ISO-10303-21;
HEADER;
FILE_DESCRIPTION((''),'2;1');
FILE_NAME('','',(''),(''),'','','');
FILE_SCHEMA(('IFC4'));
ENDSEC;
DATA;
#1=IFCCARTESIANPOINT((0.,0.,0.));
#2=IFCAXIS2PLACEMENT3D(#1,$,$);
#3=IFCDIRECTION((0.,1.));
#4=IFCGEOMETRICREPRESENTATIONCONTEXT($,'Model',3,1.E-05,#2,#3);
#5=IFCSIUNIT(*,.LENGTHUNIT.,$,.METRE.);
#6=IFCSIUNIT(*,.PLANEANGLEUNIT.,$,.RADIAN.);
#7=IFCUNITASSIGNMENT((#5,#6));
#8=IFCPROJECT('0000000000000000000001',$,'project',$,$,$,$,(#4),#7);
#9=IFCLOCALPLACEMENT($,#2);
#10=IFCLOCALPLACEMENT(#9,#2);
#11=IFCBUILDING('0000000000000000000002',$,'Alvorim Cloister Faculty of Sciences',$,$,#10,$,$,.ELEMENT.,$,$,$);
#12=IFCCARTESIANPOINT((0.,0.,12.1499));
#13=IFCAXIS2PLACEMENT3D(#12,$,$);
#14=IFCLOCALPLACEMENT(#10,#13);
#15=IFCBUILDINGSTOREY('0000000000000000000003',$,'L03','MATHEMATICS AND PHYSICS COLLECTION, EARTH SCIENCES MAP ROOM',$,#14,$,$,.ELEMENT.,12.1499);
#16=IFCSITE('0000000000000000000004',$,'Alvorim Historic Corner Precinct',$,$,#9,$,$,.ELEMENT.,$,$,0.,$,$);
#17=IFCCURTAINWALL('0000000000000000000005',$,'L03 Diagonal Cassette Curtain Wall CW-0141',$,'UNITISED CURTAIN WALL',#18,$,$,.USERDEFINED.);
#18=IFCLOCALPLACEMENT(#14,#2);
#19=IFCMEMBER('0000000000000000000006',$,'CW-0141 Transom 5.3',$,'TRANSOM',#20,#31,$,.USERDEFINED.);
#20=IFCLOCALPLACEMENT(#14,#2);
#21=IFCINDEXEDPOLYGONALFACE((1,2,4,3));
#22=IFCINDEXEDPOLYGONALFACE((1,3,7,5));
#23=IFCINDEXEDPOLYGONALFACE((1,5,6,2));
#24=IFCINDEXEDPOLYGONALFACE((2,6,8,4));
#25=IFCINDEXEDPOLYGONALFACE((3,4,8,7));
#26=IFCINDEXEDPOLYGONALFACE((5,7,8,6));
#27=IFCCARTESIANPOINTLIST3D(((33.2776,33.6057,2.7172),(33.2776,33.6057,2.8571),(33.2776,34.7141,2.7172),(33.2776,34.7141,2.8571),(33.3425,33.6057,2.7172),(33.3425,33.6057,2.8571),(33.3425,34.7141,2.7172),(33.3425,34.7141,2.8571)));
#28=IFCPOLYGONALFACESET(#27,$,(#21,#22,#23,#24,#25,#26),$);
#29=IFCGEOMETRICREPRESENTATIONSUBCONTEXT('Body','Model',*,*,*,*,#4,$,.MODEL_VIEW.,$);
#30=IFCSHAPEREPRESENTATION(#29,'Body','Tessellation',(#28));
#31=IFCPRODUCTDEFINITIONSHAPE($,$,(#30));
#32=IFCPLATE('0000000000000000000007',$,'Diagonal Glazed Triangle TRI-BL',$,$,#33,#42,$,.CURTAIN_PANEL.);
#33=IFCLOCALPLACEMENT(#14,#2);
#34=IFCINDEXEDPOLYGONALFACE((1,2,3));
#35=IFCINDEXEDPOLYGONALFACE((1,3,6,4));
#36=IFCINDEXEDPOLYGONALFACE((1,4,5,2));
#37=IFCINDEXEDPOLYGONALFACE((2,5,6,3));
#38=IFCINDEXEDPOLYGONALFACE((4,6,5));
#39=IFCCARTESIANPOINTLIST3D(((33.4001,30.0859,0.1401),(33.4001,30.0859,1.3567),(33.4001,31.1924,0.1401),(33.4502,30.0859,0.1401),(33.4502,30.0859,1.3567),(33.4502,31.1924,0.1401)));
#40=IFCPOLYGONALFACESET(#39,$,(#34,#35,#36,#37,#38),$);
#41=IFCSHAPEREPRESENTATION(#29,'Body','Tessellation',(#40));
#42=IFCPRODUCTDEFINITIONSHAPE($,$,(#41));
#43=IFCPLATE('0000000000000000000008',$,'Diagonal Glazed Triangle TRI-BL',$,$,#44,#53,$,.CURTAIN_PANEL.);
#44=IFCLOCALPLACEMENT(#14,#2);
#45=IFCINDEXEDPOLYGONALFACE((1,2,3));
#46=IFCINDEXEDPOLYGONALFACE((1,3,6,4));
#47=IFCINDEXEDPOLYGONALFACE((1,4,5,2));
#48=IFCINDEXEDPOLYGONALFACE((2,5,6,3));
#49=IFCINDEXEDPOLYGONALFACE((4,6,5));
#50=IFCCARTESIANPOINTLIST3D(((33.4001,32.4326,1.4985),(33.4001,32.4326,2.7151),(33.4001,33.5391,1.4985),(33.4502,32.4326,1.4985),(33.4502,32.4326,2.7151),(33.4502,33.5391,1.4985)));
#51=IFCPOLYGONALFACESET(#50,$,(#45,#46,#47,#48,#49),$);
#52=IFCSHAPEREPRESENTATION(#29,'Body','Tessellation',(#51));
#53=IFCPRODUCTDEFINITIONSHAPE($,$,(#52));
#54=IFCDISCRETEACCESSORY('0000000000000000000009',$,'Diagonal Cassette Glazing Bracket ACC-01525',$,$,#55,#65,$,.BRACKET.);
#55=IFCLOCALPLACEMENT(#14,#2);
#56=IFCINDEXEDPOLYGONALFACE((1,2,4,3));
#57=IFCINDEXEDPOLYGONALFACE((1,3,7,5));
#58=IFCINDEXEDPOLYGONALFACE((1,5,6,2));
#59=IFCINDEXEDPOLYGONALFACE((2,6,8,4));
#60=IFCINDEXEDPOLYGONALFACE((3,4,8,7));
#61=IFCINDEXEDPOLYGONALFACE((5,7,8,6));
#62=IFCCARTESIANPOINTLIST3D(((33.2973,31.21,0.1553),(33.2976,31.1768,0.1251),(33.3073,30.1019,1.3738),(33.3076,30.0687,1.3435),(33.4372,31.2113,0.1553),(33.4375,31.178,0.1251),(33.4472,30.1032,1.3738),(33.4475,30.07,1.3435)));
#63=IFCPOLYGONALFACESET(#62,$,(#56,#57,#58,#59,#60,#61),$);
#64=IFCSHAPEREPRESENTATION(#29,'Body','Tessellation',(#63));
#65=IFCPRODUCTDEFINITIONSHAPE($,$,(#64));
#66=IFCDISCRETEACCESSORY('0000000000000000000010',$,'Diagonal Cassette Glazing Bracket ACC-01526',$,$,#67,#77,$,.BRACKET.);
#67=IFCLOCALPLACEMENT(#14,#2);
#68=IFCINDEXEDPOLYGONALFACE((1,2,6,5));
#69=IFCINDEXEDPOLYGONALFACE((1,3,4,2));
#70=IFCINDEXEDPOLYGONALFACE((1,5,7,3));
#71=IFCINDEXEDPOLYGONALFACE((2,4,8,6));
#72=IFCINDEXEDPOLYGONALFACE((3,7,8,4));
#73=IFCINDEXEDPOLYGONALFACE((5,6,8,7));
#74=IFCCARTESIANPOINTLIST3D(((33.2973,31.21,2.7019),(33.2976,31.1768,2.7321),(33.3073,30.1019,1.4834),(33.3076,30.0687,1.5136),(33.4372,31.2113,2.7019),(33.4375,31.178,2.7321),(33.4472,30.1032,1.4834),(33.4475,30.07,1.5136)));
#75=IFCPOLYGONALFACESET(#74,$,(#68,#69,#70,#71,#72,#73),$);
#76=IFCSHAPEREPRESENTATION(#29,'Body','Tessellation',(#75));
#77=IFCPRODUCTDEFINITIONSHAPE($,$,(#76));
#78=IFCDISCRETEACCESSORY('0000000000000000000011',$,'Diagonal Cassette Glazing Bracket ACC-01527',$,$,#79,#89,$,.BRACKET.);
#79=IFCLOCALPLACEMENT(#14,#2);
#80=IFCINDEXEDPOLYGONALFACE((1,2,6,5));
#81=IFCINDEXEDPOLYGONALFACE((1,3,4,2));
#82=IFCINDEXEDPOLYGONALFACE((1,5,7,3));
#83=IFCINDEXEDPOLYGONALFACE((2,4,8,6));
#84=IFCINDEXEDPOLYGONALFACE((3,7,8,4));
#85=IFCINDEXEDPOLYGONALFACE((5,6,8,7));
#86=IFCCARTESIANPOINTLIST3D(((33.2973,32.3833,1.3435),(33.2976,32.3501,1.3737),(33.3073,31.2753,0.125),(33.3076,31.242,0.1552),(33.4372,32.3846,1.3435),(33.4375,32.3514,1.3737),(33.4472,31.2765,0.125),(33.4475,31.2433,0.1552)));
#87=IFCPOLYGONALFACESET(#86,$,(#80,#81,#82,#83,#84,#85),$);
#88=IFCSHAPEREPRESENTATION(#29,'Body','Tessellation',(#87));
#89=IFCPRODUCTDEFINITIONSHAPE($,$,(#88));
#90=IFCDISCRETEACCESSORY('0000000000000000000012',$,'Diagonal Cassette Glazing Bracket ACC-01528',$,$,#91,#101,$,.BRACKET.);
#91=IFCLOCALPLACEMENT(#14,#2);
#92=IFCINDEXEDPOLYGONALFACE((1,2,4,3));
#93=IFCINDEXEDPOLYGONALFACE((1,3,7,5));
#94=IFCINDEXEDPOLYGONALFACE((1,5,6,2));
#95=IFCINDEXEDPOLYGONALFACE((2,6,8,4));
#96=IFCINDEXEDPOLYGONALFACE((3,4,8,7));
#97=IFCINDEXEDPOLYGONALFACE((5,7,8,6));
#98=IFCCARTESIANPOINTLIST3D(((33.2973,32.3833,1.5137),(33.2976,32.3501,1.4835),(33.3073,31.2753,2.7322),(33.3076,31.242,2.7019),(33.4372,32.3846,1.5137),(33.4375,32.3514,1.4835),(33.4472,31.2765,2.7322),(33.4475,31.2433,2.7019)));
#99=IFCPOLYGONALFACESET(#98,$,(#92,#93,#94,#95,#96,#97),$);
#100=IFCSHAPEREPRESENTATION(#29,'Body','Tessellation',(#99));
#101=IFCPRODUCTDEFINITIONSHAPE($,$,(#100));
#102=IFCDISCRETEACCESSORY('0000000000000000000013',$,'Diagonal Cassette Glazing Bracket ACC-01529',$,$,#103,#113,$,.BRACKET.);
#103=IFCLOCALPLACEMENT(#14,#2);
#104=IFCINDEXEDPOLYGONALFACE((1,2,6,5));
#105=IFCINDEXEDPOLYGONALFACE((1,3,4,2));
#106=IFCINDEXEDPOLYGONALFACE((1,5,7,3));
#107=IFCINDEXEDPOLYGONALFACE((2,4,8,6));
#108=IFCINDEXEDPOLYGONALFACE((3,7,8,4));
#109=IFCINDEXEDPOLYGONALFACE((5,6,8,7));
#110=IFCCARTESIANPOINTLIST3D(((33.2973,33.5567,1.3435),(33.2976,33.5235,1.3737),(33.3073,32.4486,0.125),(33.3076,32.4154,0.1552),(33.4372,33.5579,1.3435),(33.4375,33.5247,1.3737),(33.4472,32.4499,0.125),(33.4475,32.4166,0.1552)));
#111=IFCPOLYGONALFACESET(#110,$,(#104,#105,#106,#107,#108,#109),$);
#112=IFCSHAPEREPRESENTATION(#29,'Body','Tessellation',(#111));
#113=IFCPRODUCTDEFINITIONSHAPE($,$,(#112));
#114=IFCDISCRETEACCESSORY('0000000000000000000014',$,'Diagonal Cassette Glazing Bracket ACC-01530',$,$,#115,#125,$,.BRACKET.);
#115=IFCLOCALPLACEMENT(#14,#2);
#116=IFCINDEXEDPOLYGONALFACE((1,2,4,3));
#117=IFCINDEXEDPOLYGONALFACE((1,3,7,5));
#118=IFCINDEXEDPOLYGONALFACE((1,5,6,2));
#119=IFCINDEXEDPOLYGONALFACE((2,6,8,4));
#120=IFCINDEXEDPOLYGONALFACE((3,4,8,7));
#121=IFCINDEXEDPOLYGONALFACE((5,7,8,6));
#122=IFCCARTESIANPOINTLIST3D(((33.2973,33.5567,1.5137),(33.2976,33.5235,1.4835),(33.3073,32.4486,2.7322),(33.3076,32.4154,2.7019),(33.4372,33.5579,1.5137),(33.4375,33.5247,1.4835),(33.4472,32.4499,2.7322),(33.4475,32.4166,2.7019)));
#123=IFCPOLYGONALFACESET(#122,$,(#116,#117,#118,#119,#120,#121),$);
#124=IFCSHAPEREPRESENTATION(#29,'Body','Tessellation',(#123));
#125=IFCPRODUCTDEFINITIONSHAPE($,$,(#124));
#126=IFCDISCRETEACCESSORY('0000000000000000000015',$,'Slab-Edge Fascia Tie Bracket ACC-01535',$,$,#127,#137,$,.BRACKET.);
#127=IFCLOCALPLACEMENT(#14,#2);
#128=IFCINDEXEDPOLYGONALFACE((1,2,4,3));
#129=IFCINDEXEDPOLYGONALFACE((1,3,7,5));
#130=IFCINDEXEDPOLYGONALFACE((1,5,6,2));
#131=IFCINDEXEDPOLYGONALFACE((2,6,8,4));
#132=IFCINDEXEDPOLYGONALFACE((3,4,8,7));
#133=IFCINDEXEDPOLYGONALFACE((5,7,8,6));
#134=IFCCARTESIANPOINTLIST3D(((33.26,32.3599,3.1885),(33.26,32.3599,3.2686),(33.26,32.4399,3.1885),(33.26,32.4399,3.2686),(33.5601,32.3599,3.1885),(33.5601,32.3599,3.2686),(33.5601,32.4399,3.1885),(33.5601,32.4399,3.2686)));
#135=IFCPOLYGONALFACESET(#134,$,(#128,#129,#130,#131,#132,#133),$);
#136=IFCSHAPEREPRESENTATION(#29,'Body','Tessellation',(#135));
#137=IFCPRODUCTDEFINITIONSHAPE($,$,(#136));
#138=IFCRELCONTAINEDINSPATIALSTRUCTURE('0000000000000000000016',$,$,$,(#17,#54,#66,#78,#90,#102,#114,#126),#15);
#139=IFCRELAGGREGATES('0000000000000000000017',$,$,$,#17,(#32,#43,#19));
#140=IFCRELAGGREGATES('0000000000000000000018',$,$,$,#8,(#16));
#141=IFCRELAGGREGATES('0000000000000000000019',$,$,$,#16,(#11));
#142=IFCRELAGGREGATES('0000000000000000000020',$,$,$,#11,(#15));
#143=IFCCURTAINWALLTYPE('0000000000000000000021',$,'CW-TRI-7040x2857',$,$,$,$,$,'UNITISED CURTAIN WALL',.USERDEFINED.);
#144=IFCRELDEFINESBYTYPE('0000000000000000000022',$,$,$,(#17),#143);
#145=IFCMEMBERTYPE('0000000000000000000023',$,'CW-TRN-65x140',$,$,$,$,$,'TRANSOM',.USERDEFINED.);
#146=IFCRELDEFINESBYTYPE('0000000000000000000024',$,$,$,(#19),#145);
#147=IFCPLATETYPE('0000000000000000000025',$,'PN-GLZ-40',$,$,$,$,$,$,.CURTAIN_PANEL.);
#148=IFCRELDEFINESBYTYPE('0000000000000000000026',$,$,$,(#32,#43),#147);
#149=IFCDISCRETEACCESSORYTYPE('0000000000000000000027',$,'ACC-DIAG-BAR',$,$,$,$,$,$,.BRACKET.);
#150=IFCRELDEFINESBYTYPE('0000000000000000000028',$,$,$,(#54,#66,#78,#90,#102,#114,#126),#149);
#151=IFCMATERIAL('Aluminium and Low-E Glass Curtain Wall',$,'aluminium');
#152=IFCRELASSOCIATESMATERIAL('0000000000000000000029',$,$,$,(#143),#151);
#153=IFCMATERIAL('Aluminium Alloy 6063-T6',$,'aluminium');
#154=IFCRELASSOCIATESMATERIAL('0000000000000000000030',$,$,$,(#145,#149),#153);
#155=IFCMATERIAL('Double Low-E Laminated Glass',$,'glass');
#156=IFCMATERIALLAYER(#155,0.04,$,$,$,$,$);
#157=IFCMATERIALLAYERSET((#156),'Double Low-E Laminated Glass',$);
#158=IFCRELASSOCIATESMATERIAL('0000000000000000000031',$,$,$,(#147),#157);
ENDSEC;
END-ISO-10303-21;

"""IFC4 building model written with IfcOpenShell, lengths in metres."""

from ifc_helpers import new_model, si_unit, direction, frame, origin, origin_2d, place, context, subcontext, project, spatial, polyline, rectangle, outline, extrude, material, layer, layer_set, material_profile, profile_set, type_object, element, aggregate, save


model = new_model("IFC4")

# Units and contexts
model_context = context("Model", 3, precision=1e-05, world=origin(), true_north=direction((0.0, 1.0)))
body_context = subcontext(model_context, "Body", "Model", "MODEL_VIEW")
ifc_project = project(units=[si_unit("LENGTHUNIT", "METRE"), si_unit("PLANEANGLEUNIT", "RADIAN")], contexts=[model_context])

# Site, building, storey
site_placement = place(None, origin())
site = spatial("IfcSite", under=ifc_project, at=site_placement, Name="Alvorim Historic Corner Precinct", CompositionType="ELEMENT", RefElevation=0.0)
building_placement = place(site_placement, origin())
building = spatial("IfcBuilding", under=site, at=building_placement, Name="Alvorim Cloister Faculty of Sciences", CompositionType="ELEMENT")
storey_placement = place(building_placement, frame((0.0, 0.0, 12.1499)))
storey = spatial("IfcBuildingStorey", under=building, at=storey_placement, Name="L03", Description="MATHEMATICS AND PHYSICS COLLECTION, EARTH SCIENCES MAP ROOM", CompositionType="ELEMENT", Elevation=12.1499)

# Curtain wall, member, plates
ifc_material_1 = material(Name="Aluminium and Low-E Glass Curtain Wall", Category="aluminium")
curtain_wall_type = type_object("IfcCurtainWallType", Name="CW-TRI-7040x2857", ElementType="UNITISED CURTAIN WALL", PredefinedType="USERDEFINED", material=ifc_material_1)
curtain_wall_placement = place(storey_placement, origin())
curtain_wall = element("IfcCurtainWall", 1, at=curtain_wall_placement, inside=storey, type_object=curtain_wall_type, Name="L03 Diagonal Cassette Curtain Wall CW-0141", ObjectType="UNITISED CURTAIN WALL", PredefinedType="USERDEFINED")
ifc_material_2 = material(Name="Aluminium Alloy 6063-T6", Category="aluminium")
ifc_material_profile_1 = material_profile(ifc_material_2, rectangle(XDim=0.0649, YDim=0.1399, at=origin_2d()), Name="ALU-TRN-65x140")
ifc_profile_set_1 = profile_set([ifc_material_profile_1], Name="Aluminium Alloy 6063-T6")
member_type_1 = type_object("IfcMemberType", Name="CW-TRN-65x140", ElementType="TRANSOM", PredefinedType="USERDEFINED", material=ifc_profile_set_1)
member_1_placement = place(storey_placement, frame((33.3101, 33.6057, 2.7871), z_axis=(0.0, 1.0, 0.0), x_axis=(-1.0, 0.0, 0.0)))
member_1 = element("IfcMember", 2, at=member_1_placement, type_object=member_type_1, Name="CW-0141 Transom 5.3", ObjectType="TRANSOM", PredefinedType="USERDEFINED", context=body_context, shape_type="SweptSolid", body=[
    extrude(rectangle(XDim=0.0649, YDim=0.1399, at=origin_2d()), origin(), (0.0, 0.0, 1.0), 1.1084),
])
ifc_material_3 = material(Name="Double Low-E Laminated Glass", Category="glass")
ifc_layer = layer(ifc_material_3, 0.04)
ifc_layer_set = layer_set([ifc_layer], Name="Double Low-E Laminated Glass")
plate_type = type_object("IfcPlateType", Name="PN-GLZ-40", PredefinedType="CURTAIN_PANEL", material=ifc_layer_set)
plate_1_placement = place(storey_placement, frame((33.425, 30.0859, 0.1401), z_axis=(0.0, 0.0, 1.0), x_axis=(0.0, 1.0, 0.0)))
plate_1 = element("IfcPlate", 3, at=plate_1_placement, type_object=plate_type, Name="Diagonal Glazed Triangle TRI-BL", PredefinedType="CURTAIN_PANEL", context=body_context, shape_type="SweptSolid", body=[
    extrude(outline(polyline([(0.0, 0.0), (1.1064, 0.0), (0.0, 1.2166), (0.0, 0.0)])), frame((0.0, 0.0249, 0.0), z_axis=(0.0, -1.0, 0.0), x_axis=(1.0, 0.0, 0.0)), (0.0, 0.0, 1.0), 0.05),
])
plate_2_placement = place(storey_placement, frame((33.425, 32.4326, 1.4985), z_axis=(0.0, 0.0, 1.0), x_axis=(0.0, 1.0, 0.0)))
plate_2 = element("IfcPlate", 4, at=plate_2_placement, type_object=plate_type, Name="Diagonal Glazed Triangle TRI-BL", PredefinedType="CURTAIN_PANEL", context=body_context, shape_type="SweptSolid", body=[
    extrude(outline(polyline([(0.0, 0.0), (1.1064, 0.0), (0.0, 1.2166), (0.0, 0.0)])), frame((0.0, 0.0249, 0.0), z_axis=(0.0, -1.0, 0.0), x_axis=(1.0, 0.0, 0.0)), (0.0, 0.0, 1.0), 0.05),
])
aggregate(curtain_wall, [plate_1, plate_2, member_1])

# Discrete accessories
discrete_accessory_type = type_object("IfcDiscreteAccessoryType", Name="ACC-DIAG-BAR", PredefinedType="BRACKET", material=ifc_material_2)
for number, where, z_axis, x_axis, name in (
    (5, (33.3774, 30.0859, 1.3586), (-0.006077, 0.672801, -0.739799), (-0.999959, -0.009032, 0.0), "Diagonal Cassette Glazing Bracket ACC-01525"),
    (6, (33.3774, 30.0859, 1.4985), (-0.006077, 0.672801, 0.739799), (-0.999959, -0.009032, 0.0), "Diagonal Cassette Glazing Bracket ACC-01526"),
    (7, (33.3774, 31.2593, 0.1401), (-0.006077, 0.672801, 0.739799), (-0.999959, -0.009032, 0.0), "Diagonal Cassette Glazing Bracket ACC-01527"),
    (8, (33.3774, 31.2593, 2.717), (-0.006077, 0.672801, -0.739799), (-0.999959, -0.009032, 0.0), "Diagonal Cassette Glazing Bracket ACC-01528"),
    (9, (33.3774, 32.4326, 0.1401), (-0.006077, 0.672801, 0.739799), (-0.999959, -0.009032, 0.0), "Diagonal Cassette Glazing Bracket ACC-01529"),
    (10, (33.3774, 32.4326, 2.717), (-0.006077, 0.672801, -0.739799), (-0.999959, -0.009032, 0.0), "Diagonal Cassette Glazing Bracket ACC-01530"),
):
    element("IfcDiscreteAccessory", number, at=place(storey_placement, frame(where, z_axis=z_axis, x_axis=x_axis)), inside=storey, type_object=discrete_accessory_type, Name=name, PredefinedType="BRACKET", context=body_context, shape_type="SweptSolid", body=[
        extrude(rectangle(XDim=0.1399, YDim=0.0449, at=origin_2d()), origin(), (0.0, 0.0, 1.0), 1.647),
    ])
discrete_accessory_placement = place(storey_placement, frame((33.26, 32.3999, 3.2285), z_axis=(1.0, 0.0, 0.0), x_axis=(0.0, 1.0, 0.0)))
element("IfcDiscreteAccessory", 11, at=discrete_accessory_placement, inside=storey, type_object=discrete_accessory_type, Name="Slab-Edge Fascia Tie Bracket ACC-01535", PredefinedType="BRACKET", context=body_context, shape_type="SweptSolid", body=[
    extrude(rectangle(XDim=0.0801, YDim=0.0801, at=origin_2d()), origin(), (0.0, 0.0, 1.0), 0.3),
])

save(model, "model.ifc")
